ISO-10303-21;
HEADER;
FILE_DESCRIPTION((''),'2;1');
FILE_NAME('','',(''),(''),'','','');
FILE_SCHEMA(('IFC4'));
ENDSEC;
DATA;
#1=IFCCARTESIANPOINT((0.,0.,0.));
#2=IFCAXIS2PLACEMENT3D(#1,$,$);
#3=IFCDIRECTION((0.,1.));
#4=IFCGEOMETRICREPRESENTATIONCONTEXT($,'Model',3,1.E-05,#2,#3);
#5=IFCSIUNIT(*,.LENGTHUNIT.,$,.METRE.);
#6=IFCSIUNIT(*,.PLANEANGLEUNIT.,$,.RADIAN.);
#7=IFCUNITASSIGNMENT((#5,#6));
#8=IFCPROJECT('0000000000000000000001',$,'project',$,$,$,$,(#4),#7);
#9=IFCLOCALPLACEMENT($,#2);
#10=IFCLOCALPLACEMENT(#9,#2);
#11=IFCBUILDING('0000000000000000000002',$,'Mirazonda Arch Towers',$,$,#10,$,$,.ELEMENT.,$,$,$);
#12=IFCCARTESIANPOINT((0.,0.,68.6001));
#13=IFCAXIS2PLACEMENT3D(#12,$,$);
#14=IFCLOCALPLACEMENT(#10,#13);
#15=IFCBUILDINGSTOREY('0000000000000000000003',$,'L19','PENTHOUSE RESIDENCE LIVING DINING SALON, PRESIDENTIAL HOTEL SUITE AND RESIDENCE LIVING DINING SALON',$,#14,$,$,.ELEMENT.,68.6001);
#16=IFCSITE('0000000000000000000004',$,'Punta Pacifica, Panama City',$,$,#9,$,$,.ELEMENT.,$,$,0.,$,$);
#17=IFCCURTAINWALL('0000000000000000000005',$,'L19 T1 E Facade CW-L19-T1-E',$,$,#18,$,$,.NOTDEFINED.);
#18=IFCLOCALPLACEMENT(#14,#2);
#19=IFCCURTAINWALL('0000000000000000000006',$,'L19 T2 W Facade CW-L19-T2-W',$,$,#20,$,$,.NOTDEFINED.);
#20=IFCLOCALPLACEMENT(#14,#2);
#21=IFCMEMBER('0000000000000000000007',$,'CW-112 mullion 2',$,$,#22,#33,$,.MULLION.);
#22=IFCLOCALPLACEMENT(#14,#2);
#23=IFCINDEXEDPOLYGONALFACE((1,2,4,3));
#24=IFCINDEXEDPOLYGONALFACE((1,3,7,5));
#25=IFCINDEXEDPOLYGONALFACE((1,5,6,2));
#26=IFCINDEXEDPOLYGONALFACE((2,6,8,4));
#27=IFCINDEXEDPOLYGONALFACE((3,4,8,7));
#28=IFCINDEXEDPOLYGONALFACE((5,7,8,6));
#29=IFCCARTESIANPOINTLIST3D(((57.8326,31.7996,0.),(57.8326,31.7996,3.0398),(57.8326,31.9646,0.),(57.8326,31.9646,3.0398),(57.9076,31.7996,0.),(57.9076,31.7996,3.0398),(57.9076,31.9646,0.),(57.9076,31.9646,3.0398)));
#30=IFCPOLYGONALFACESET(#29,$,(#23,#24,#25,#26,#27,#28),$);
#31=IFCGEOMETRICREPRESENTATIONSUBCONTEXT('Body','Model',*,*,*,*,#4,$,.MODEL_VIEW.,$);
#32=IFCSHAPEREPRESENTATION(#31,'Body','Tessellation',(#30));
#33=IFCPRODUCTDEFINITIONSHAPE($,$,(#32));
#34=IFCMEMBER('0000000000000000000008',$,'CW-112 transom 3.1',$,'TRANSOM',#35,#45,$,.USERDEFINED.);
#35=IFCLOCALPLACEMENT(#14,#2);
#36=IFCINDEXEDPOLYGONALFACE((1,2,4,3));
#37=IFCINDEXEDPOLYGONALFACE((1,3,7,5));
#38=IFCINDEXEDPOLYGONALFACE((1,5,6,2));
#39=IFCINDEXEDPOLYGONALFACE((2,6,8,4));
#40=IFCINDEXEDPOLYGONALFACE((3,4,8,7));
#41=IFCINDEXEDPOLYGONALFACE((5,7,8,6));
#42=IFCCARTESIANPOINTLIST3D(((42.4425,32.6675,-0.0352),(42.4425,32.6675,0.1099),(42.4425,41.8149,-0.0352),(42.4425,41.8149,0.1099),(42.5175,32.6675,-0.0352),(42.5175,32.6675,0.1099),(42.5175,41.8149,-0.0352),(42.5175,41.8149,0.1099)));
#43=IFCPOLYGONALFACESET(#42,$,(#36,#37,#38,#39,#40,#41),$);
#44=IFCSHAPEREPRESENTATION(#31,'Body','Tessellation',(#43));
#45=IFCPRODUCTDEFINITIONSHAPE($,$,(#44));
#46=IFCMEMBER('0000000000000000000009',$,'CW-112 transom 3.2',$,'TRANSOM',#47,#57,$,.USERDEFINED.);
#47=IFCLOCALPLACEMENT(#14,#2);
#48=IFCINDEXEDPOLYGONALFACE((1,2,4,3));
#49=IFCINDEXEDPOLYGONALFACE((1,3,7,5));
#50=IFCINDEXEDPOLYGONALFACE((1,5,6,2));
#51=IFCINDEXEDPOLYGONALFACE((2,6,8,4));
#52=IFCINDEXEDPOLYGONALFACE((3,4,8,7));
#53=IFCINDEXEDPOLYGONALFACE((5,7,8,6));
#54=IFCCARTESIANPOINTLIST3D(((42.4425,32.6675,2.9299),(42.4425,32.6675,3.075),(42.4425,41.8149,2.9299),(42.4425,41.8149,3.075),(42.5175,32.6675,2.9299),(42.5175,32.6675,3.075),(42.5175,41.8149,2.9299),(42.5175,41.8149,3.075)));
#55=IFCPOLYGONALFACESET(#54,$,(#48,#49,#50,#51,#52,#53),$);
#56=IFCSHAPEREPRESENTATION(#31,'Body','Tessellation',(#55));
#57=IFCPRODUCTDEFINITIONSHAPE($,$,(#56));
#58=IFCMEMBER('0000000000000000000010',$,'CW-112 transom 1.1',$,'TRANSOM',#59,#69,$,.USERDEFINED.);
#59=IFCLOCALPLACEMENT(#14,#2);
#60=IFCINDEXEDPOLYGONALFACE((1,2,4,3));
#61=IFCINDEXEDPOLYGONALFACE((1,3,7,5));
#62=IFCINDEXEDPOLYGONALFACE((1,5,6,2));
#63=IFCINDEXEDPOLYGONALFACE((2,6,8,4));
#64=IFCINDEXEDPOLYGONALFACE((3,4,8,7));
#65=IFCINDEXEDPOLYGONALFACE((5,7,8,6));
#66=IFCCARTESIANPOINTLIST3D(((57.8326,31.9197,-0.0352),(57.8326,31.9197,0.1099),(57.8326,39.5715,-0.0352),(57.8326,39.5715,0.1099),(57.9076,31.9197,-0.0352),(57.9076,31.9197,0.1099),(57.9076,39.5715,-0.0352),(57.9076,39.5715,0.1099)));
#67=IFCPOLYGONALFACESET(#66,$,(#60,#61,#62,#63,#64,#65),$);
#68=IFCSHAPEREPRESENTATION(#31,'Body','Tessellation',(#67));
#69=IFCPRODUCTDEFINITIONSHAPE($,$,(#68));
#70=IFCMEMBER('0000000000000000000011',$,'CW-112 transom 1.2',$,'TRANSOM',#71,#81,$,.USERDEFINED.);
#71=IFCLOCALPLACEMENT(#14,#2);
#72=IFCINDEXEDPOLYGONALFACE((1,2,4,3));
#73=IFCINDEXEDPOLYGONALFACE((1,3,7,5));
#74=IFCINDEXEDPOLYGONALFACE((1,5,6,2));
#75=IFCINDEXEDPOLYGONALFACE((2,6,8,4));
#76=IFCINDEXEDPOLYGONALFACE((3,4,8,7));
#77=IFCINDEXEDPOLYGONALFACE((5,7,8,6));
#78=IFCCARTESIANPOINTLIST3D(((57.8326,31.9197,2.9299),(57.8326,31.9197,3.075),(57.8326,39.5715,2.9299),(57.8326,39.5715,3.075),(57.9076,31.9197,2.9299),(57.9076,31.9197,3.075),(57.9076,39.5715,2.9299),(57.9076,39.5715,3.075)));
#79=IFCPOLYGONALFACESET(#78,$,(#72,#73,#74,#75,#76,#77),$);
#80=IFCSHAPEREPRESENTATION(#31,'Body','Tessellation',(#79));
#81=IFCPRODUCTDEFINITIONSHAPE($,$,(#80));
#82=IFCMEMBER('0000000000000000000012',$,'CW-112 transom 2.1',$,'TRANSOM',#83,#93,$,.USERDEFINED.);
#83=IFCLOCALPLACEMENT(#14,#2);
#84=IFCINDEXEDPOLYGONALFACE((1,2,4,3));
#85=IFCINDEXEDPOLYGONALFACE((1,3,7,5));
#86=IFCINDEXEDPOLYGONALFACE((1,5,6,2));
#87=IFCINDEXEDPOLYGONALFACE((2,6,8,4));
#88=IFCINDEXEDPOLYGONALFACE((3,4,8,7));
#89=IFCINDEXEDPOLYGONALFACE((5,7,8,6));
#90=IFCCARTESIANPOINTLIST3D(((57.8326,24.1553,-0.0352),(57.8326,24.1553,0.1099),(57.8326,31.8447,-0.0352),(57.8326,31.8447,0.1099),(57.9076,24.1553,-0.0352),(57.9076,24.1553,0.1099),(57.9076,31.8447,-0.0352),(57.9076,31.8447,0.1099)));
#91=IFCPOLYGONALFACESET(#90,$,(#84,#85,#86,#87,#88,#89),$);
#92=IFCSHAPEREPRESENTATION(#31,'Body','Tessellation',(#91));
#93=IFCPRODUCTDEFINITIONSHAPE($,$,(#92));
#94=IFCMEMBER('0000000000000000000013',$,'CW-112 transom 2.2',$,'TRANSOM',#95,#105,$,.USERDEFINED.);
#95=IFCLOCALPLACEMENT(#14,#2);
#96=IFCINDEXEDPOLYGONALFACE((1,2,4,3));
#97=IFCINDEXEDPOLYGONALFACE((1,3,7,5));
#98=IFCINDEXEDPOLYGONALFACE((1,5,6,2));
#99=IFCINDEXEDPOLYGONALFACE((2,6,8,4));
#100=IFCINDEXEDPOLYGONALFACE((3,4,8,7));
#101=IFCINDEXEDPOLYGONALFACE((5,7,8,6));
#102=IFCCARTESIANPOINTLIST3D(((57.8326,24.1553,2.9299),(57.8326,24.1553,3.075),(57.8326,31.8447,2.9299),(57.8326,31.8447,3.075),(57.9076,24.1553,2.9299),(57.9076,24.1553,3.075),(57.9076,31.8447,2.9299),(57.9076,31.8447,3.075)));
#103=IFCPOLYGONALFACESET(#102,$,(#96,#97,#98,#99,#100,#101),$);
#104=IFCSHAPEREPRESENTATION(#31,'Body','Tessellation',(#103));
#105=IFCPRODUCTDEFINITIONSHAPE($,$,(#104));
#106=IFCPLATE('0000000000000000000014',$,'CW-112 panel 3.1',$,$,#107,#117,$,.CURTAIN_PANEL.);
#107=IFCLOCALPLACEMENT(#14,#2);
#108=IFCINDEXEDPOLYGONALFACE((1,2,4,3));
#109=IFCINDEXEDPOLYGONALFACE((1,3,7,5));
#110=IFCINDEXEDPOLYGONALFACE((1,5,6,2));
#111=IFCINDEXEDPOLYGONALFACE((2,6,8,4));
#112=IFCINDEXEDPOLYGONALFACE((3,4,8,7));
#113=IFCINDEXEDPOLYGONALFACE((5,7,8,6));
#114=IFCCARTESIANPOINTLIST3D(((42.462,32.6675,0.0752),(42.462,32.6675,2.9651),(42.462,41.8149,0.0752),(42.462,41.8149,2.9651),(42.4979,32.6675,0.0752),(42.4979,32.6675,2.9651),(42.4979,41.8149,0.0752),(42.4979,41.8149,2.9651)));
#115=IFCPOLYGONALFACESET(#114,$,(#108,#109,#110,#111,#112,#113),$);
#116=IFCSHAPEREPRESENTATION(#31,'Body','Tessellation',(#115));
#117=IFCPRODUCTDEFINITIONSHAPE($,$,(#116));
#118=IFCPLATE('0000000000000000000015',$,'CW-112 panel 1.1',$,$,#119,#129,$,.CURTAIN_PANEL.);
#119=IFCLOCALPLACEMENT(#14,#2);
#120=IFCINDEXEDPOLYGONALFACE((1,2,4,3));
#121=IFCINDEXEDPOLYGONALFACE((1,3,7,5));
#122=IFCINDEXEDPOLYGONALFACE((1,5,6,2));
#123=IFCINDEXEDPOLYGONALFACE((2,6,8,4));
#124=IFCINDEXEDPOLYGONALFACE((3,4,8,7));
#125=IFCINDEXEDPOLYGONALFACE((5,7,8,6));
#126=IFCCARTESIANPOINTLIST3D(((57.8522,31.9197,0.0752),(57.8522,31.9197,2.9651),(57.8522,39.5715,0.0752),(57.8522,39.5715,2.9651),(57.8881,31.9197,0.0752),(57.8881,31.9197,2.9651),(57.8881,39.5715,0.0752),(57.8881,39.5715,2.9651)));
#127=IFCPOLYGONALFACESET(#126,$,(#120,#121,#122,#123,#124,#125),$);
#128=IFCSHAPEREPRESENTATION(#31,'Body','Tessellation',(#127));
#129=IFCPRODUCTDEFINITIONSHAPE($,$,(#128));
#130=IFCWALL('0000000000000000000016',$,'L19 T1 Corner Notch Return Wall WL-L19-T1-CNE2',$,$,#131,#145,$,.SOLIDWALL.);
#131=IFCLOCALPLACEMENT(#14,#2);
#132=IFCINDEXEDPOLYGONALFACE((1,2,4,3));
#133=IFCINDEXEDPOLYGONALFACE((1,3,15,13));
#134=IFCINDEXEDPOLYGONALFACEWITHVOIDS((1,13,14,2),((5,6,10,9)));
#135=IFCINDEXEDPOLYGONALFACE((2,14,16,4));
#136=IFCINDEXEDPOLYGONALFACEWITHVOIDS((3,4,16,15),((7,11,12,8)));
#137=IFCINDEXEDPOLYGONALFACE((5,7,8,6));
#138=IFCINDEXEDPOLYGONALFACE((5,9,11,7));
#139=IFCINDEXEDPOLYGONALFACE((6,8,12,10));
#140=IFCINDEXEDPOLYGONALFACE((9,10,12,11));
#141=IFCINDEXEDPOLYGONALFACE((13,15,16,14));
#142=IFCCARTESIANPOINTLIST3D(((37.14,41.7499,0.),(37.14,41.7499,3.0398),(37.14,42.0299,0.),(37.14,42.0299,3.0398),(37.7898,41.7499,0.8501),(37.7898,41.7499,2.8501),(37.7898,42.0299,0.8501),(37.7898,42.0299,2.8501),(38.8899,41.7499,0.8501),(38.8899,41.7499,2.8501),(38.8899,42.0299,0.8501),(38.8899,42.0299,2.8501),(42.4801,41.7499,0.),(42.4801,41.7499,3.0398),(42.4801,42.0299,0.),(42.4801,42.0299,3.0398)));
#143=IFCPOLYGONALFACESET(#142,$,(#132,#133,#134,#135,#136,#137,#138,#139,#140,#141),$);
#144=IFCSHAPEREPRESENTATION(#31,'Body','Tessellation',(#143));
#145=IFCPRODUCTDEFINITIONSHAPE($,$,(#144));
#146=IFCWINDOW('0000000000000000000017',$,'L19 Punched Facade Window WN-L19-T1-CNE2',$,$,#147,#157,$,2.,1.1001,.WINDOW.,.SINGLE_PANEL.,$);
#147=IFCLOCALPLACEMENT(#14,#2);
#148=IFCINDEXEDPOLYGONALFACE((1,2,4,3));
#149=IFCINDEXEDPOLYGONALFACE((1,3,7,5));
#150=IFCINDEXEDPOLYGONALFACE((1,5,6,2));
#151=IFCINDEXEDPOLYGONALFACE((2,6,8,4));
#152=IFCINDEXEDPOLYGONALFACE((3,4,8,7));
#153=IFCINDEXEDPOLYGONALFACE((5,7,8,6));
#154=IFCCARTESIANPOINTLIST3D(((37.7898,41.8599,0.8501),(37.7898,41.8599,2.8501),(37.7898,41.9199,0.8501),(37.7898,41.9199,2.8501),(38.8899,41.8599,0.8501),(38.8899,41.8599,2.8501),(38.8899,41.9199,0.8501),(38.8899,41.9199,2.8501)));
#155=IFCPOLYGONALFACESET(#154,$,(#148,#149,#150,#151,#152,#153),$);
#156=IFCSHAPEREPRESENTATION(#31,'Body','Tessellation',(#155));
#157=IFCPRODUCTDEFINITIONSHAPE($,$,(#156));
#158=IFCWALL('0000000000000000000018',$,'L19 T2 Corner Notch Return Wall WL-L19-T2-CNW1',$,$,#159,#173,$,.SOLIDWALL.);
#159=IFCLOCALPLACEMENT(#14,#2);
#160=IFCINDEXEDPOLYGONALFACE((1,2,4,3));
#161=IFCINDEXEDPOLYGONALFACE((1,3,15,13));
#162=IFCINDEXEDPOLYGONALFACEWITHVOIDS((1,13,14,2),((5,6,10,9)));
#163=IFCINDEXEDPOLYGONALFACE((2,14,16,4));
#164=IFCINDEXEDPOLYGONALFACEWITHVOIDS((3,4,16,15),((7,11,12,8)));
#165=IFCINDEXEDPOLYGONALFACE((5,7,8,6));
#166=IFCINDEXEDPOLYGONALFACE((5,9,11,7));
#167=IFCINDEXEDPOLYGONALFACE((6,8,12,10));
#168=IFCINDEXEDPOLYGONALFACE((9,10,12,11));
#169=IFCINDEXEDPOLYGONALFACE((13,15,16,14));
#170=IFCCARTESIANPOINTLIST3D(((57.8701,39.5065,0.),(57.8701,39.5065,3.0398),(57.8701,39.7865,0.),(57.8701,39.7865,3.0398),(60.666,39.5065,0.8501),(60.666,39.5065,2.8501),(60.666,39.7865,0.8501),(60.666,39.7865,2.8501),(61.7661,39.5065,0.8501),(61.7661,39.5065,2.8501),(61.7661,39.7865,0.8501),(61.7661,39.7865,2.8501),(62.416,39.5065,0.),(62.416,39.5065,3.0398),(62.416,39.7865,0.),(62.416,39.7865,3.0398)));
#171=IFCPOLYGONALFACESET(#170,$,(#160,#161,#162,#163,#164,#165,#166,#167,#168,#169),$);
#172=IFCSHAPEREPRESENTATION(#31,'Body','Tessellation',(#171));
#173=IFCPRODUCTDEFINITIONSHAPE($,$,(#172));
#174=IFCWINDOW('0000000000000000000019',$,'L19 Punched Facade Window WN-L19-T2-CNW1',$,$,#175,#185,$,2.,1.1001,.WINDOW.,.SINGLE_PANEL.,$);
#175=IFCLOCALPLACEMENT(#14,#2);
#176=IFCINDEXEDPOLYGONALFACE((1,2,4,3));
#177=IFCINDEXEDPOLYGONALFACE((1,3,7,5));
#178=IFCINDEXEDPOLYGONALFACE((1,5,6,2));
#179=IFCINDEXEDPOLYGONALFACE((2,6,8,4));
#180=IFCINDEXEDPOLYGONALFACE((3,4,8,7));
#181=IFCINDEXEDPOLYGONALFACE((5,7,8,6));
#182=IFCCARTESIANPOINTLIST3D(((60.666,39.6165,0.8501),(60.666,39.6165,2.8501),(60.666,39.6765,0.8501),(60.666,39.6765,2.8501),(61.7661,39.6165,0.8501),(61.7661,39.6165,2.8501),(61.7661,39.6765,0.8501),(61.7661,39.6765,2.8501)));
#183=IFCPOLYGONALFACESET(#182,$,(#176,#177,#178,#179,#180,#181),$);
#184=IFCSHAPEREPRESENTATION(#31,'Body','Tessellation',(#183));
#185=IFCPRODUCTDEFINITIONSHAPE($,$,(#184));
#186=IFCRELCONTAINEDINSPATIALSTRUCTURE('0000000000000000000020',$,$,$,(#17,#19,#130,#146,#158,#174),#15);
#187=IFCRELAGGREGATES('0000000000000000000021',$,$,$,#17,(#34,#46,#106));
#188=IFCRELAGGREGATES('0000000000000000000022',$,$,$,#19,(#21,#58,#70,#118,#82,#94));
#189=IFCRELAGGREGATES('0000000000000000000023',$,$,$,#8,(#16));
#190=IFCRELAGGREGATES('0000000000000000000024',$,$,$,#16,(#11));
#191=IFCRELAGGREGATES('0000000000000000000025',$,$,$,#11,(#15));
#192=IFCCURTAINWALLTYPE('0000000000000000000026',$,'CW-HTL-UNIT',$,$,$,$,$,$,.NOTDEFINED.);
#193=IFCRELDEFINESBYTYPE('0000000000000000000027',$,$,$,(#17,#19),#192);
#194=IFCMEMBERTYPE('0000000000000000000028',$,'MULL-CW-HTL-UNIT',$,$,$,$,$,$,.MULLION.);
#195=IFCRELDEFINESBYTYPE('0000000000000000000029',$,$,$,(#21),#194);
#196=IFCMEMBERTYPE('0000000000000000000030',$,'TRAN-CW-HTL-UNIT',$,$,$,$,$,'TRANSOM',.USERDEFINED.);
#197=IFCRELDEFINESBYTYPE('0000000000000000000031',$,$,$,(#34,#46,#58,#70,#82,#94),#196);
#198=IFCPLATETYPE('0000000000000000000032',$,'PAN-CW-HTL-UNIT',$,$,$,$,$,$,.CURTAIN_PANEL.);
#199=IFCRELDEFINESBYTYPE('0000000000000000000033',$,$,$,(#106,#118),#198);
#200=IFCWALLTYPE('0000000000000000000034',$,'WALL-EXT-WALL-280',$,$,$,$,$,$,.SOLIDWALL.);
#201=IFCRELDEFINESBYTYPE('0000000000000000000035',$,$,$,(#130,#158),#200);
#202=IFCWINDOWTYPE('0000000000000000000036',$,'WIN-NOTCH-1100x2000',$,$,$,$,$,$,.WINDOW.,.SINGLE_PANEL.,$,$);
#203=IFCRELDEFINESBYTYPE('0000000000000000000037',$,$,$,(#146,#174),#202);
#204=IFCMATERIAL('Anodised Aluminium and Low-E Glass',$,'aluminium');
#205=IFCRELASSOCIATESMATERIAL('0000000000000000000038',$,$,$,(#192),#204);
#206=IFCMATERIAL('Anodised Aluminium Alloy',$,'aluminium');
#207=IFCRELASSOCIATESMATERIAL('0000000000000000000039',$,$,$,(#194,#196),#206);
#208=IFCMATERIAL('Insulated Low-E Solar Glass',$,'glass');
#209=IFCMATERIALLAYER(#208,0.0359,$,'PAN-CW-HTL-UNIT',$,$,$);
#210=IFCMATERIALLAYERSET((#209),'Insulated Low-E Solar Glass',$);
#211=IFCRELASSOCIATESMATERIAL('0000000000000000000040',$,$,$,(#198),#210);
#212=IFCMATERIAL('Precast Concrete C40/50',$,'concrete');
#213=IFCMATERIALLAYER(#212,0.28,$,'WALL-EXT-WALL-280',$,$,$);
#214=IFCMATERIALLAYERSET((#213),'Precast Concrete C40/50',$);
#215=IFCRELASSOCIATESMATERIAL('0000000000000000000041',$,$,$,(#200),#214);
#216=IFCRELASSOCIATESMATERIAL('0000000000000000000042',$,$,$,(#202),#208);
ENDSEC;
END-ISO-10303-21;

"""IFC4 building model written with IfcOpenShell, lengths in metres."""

from ifc_helpers import new_model, si_unit, direction, frame, frame_2d, origin, origin_2d, place, context, subcontext, project, spatial, rectangle, extrude, material, layer, layer_set, material_profile, profile_set, type_object, element, fill, aggregate, save


model = new_model("IFC4")

# Units and contexts
model_context = context("Model", 3, precision=1e-05, world=origin(), true_north=direction((0.0, 1.0)))
body_context = subcontext(model_context, "Body", "Model", "MODEL_VIEW")
ifc_project = project(units=[si_unit("LENGTHUNIT", "METRE"), si_unit("PLANEANGLEUNIT", "RADIAN")], contexts=[model_context])

# Site, building, storey
site_placement = place(None, origin())
site = spatial("IfcSite", under=ifc_project, at=site_placement, Name="Punta Pacifica, Panama City", CompositionType="ELEMENT", RefElevation=0.0)
building_placement = place(site_placement, origin())
building = spatial("IfcBuilding", under=site, at=building_placement, Name="Mirazonda Arch Towers", CompositionType="ELEMENT")
storey_placement = place(building_placement, frame((0.0, 0.0, 68.6001)))
storey = spatial("IfcBuildingStorey", under=building, at=storey_placement, Name="L19", Description="PENTHOUSE RESIDENCE LIVING DINING SALON, PRESIDENTIAL HOTEL SUITE AND RESIDENCE LIVING DINING SALON", CompositionType="ELEMENT", Elevation=68.6001)

# Curtain walls, member
ifc_material_1 = material(Name="Anodised Aluminium and Low-E Glass", Category="aluminium")
curtain_wall_type = type_object("IfcCurtainWallType", Name="CW-HTL-UNIT", PredefinedType="NOTDEFINED", material=ifc_material_1)
curtain_wall_1_placement = place(storey_placement, origin())
curtain_wall_1 = element("IfcCurtainWall", 1, at=curtain_wall_1_placement, inside=storey, type_object=curtain_wall_type, Name="L19 T1 E Facade CW-L19-T1-E", PredefinedType="NOTDEFINED")
ifc_material_2 = material(Name="Anodised Aluminium Alloy", Category="aluminium")
ifc_material_profile_1 = material_profile(ifc_material_2, rectangle(XDim=0.075, YDim=0.165, at=origin_2d()), Name="ALU-MULL-75x165")
ifc_profile_set_1 = profile_set([ifc_material_profile_1], Name="Anodised Aluminium Alloy")
member_type_1 = type_object("IfcMemberType", Name="MULL-CW-HTL-UNIT", PredefinedType="MULLION", material=ifc_profile_set_1)
curtain_wall_2_placement = place(storey_placement, origin())
curtain_wall_2 = element("IfcCurtainWall", 2, at=curtain_wall_2_placement, inside=storey, type_object=curtain_wall_type, Name="L19 T2 W Facade CW-L19-T2-W", PredefinedType="NOTDEFINED")
member_1_placement = place(storey_placement, frame((57.8701, 31.8821, 0.0), z_axis=(0.0, 0.0, 1.0), x_axis=(1.0, 0.0, 0.0)))
member_1 = element("IfcMember", 3, at=member_1_placement, type_object=member_type_1, Name="CW-112 mullion 2", PredefinedType="MULLION", context=body_context, shape_type="SweptSolid", body=[
    extrude(rectangle(XDim=0.075, YDim=0.165, at=origin_2d()), origin(), (0.0, 0.0, 1.0), 3.0398),
])

# Members
ifc_material_profile_2 = material_profile(ifc_material_2, rectangle(XDim=0.075, YDim=0.145, at=origin_2d()), Name="ALU-TRAN-75x145")
ifc_profile_set_2 = profile_set([ifc_material_profile_2], Name="Anodised Aluminium Alloy")
member_type_2 = type_object("IfcMemberType", Name="TRAN-CW-HTL-UNIT", ElementType="TRANSOM", PredefinedType="USERDEFINED", material=ifc_profile_set_2)
member_2_placement = place(storey_placement, frame((42.48, 32.6675, 0.0374), z_axis=(0.0, 1.0, 0.0), x_axis=(-1.0, 0.0, 0.0)))
member_2 = element("IfcMember", 4, at=member_2_placement, type_object=member_type_2, Name="CW-112 transom 3.1", ObjectType="TRANSOM", PredefinedType="USERDEFINED", context=body_context, shape_type="SweptSolid", body=[
    extrude(rectangle(XDim=0.075, YDim=0.145, at=origin_2d()), origin(), (0.0, 0.0, 1.0), 9.1475),
])
member_3_placement = place(storey_placement, frame((42.48, 32.6675, 3.0024), z_axis=(0.0, 1.0, 0.0), x_axis=(-1.0, 0.0, 0.0)))
member_3 = element("IfcMember", 5, at=member_3_placement, type_object=member_type_2, Name="CW-112 transom 3.2", ObjectType="TRANSOM", PredefinedType="USERDEFINED", context=body_context, shape_type="SweptSolid", body=[
    extrude(rectangle(XDim=0.075, YDim=0.145, at=origin_2d()), origin(), (0.0, 0.0, 1.0), 9.1475),
])
member_4_placement = place(storey_placement, frame((57.8701, 39.5715, 0.0374), z_axis=(0.0, -1.0, 0.0), x_axis=(1.0, 0.0, 0.0)))
member_4 = element("IfcMember", 6, at=member_4_placement, type_object=member_type_2, Name="CW-112 transom 1.1", ObjectType="TRANSOM", PredefinedType="USERDEFINED", context=body_context, shape_type="SweptSolid", body=[
    extrude(rectangle(XDim=0.075, YDim=0.145, at=origin_2d()), origin(), (0.0, 0.0, 1.0), 7.6519),
])
member_5_placement = place(storey_placement, frame((57.8701, 39.5715, 3.0024), z_axis=(0.0, -1.0, 0.0), x_axis=(1.0, 0.0, 0.0)))
member_5 = element("IfcMember", 7, at=member_5_placement, type_object=member_type_2, Name="CW-112 transom 1.2", ObjectType="TRANSOM", PredefinedType="USERDEFINED", context=body_context, shape_type="SweptSolid", body=[
    extrude(rectangle(XDim=0.075, YDim=0.145, at=origin_2d()), origin(), (0.0, 0.0, 1.0), 7.6519),
])
member_6_placement = place(storey_placement, frame((57.8701, 31.8447, 0.0374), z_axis=(0.0, -1.0, 0.0), x_axis=(1.0, 0.0, 0.0)))
member_6 = element("IfcMember", 8, at=member_6_placement, type_object=member_type_2, Name="CW-112 transom 2.1", ObjectType="TRANSOM", PredefinedType="USERDEFINED", context=body_context, shape_type="SweptSolid", body=[
    extrude(rectangle(XDim=0.075, YDim=0.145, at=origin_2d()), origin(), (0.0, 0.0, 1.0), 7.6895),
])
member_7_placement = place(storey_placement, frame((57.8701, 31.8447, 3.0024), z_axis=(0.0, -1.0, 0.0), x_axis=(1.0, 0.0, 0.0)))
member_7 = element("IfcMember", 9, at=member_7_placement, type_object=member_type_2, Name="CW-112 transom 2.2", ObjectType="TRANSOM", PredefinedType="USERDEFINED", context=body_context, shape_type="SweptSolid", body=[
    extrude(rectangle(XDim=0.075, YDim=0.145, at=origin_2d()), origin(), (0.0, 0.0, 1.0), 7.6895),
])

# Plates
ifc_material_3 = material(Name="Insulated Low-E Solar Glass", Category="glass")
ifc_layer_1 = layer(ifc_material_3, 0.0359, Name="PAN-CW-HTL-UNIT")
ifc_layer_set_1 = layer_set([ifc_layer_1], Name="Insulated Low-E Solar Glass")
plate_type = type_object("IfcPlateType", Name="PAN-CW-HTL-UNIT", PredefinedType="CURTAIN_PANEL", material=ifc_layer_set_1)
plate_1_placement = place(storey_placement, frame((42.48, 37.2412, 0.0752), z_axis=(0.0, 0.0, 1.0), x_axis=(0.0, 1.0, 0.0)))
plate_1 = element("IfcPlate", 10, at=plate_1_placement, type_object=plate_type, Name="CW-112 panel 3.1", PredefinedType="CURTAIN_PANEL", context=body_context, shape_type="SweptSolid", body=[
    extrude(rectangle(XDim=9.1475, YDim=0.0359, at=origin_2d()), origin(), (0.0, 0.0, 1.0), 2.8899),
])
aggregate(curtain_wall_1, [member_2, member_3, plate_1])
plate_2_placement = place(storey_placement, frame((57.8701, 35.7456, 0.0752), z_axis=(0.0, 0.0, 1.0), x_axis=(0.0, -1.0, 0.0)))
plate_2 = element("IfcPlate", 11, at=plate_2_placement, type_object=plate_type, Name="CW-112 panel 1.1", PredefinedType="CURTAIN_PANEL", context=body_context, shape_type="SweptSolid", body=[
    extrude(rectangle(XDim=7.6519, YDim=0.0359, at=origin_2d()), origin(), (0.0, 0.0, 1.0), 2.8899),
])
aggregate(curtain_wall_2, [member_1, member_4, member_5, plate_2, member_6, member_7])

# Walls, openings, windows
ifc_material_4 = material(Name="Precast Concrete C40/50", Category="concrete")
ifc_layer_2 = layer(ifc_material_4, 0.28, Name="WALL-EXT-WALL-280")
ifc_layer_set_2 = layer_set([ifc_layer_2], Name="Precast Concrete C40/50")
wall_type_1 = type_object("IfcWallType", Name="WALL-EXT-WALL-280", PredefinedType="SOLIDWALL", material=ifc_layer_set_2)
wall_1_placement = place(storey_placement, frame((42.48, 41.8899, 0.0), z_axis=(0.0, 0.0, 1.0), x_axis=(-1.0, 0.0, 0.0)))
wall_1 = element("IfcWall", 12, at=wall_1_placement, inside=storey, type_object=wall_type_1, Name="L19 T1 Corner Notch Return Wall WL-L19-T1-CNE2", PredefinedType="SOLIDWALL", context=body_context, shape_type="SweptSolid", body=[
    extrude(rectangle(XDim=5.3401, YDim=0.28, at=frame_2d((2.6699, 0.0))), origin(), (0.0, 0.0, 1.0), 3.0398),
])
opening_1_placement = place(wall_1_placement, frame((3.5901, 0.0, 0.8501)))
opening_1 = element("IfcOpeningElement", 13, at=opening_1_placement, cuts=wall_1, PredefinedType="OPENING", context=body_context, shape_type="SweptSolid", body=[
    extrude(rectangle(XDim=1.1001, YDim=2.0, at=frame_2d((0.55, 1.0))), frame((0.0, 0.1499, 0.0), z_axis=(0.0, -1.0, 0.0), x_axis=(1.0, 0.0, 0.0)), (0.0, 0.0, 1.0), 0.3),
])
window_type = type_object("IfcWindowType", Name="WIN-NOTCH-1100x2000", PartitioningType="SINGLE_PANEL", PredefinedType="WINDOW", material=ifc_material_3)
window_1_placement = place(opening_1_placement, origin())
window_1 = element("IfcWindow", 14, at=window_1_placement, inside=storey, type_object=window_type, Name="L19 Punched Facade Window WN-L19-T1-CNE2", OverallHeight=2.0, OverallWidth=1.1001, PartitioningType="SINGLE_PANEL", PredefinedType="WINDOW", context=body_context, shape_type="SweptSolid", body=[
    extrude(rectangle(XDim=1.1001, YDim=2.0, at=frame_2d((0.55, 1.0))), frame((0.0, 0.03, 0.0), z_axis=(0.0, -1.0, 0.0), x_axis=(1.0, 0.0, 0.0)), (0.0, 0.0, 1.0), 0.0601),
])
fill(opening_1, window_1)
wall_2_placement = place(storey_placement, frame((62.416, 39.6465, 0.0), z_axis=(0.0, 0.0, 1.0), x_axis=(-1.0, 0.0, 0.0)))
wall_2 = element("IfcWall", 15, at=wall_2_placement, inside=storey, type_object=wall_type_1, Name="L19 T2 Corner Notch Return Wall WL-L19-T2-CNW1", PredefinedType="SOLIDWALL", context=body_context, shape_type="SweptSolid", body=[
    extrude(rectangle(XDim=4.5459, YDim=0.28, at=frame_2d((2.2729, 0.0))), origin(), (0.0, 0.0, 1.0), 3.0398),
])
opening_2_placement = place(wall_2_placement, frame((0.6499, 0.0, 0.8501)))
opening_2 = element("IfcOpeningElement", 16, at=opening_2_placement, cuts=wall_2, PredefinedType="OPENING", context=body_context, shape_type="SweptSolid", body=[
    extrude(rectangle(XDim=1.1001, YDim=2.0, at=frame_2d((0.55, 1.0))), frame((0.0, 0.1499, 0.0), z_axis=(0.0, -1.0, 0.0), x_axis=(1.0, 0.0, 0.0)), (0.0, 0.0, 1.0), 0.3),
])
window_2_placement = place(opening_2_placement, origin())
window_2 = element("IfcWindow", 17, at=window_2_placement, inside=storey, type_object=window_type, Name="L19 Punched Facade Window WN-L19-T2-CNW1", OverallHeight=2.0, OverallWidth=1.1001, PartitioningType="SINGLE_PANEL", PredefinedType="WINDOW", context=body_context, shape_type="SweptSolid", body=[
    extrude(rectangle(XDim=1.1001, YDim=2.0, at=frame_2d((0.55, 1.0))), frame((0.0, 0.03, 0.0), z_axis=(0.0, -1.0, 0.0), x_axis=(1.0, 0.0, 0.0)), (0.0, 0.0, 1.0), 0.0601),
])
fill(opening_2, window_2)

save(model, "model.ifc")
